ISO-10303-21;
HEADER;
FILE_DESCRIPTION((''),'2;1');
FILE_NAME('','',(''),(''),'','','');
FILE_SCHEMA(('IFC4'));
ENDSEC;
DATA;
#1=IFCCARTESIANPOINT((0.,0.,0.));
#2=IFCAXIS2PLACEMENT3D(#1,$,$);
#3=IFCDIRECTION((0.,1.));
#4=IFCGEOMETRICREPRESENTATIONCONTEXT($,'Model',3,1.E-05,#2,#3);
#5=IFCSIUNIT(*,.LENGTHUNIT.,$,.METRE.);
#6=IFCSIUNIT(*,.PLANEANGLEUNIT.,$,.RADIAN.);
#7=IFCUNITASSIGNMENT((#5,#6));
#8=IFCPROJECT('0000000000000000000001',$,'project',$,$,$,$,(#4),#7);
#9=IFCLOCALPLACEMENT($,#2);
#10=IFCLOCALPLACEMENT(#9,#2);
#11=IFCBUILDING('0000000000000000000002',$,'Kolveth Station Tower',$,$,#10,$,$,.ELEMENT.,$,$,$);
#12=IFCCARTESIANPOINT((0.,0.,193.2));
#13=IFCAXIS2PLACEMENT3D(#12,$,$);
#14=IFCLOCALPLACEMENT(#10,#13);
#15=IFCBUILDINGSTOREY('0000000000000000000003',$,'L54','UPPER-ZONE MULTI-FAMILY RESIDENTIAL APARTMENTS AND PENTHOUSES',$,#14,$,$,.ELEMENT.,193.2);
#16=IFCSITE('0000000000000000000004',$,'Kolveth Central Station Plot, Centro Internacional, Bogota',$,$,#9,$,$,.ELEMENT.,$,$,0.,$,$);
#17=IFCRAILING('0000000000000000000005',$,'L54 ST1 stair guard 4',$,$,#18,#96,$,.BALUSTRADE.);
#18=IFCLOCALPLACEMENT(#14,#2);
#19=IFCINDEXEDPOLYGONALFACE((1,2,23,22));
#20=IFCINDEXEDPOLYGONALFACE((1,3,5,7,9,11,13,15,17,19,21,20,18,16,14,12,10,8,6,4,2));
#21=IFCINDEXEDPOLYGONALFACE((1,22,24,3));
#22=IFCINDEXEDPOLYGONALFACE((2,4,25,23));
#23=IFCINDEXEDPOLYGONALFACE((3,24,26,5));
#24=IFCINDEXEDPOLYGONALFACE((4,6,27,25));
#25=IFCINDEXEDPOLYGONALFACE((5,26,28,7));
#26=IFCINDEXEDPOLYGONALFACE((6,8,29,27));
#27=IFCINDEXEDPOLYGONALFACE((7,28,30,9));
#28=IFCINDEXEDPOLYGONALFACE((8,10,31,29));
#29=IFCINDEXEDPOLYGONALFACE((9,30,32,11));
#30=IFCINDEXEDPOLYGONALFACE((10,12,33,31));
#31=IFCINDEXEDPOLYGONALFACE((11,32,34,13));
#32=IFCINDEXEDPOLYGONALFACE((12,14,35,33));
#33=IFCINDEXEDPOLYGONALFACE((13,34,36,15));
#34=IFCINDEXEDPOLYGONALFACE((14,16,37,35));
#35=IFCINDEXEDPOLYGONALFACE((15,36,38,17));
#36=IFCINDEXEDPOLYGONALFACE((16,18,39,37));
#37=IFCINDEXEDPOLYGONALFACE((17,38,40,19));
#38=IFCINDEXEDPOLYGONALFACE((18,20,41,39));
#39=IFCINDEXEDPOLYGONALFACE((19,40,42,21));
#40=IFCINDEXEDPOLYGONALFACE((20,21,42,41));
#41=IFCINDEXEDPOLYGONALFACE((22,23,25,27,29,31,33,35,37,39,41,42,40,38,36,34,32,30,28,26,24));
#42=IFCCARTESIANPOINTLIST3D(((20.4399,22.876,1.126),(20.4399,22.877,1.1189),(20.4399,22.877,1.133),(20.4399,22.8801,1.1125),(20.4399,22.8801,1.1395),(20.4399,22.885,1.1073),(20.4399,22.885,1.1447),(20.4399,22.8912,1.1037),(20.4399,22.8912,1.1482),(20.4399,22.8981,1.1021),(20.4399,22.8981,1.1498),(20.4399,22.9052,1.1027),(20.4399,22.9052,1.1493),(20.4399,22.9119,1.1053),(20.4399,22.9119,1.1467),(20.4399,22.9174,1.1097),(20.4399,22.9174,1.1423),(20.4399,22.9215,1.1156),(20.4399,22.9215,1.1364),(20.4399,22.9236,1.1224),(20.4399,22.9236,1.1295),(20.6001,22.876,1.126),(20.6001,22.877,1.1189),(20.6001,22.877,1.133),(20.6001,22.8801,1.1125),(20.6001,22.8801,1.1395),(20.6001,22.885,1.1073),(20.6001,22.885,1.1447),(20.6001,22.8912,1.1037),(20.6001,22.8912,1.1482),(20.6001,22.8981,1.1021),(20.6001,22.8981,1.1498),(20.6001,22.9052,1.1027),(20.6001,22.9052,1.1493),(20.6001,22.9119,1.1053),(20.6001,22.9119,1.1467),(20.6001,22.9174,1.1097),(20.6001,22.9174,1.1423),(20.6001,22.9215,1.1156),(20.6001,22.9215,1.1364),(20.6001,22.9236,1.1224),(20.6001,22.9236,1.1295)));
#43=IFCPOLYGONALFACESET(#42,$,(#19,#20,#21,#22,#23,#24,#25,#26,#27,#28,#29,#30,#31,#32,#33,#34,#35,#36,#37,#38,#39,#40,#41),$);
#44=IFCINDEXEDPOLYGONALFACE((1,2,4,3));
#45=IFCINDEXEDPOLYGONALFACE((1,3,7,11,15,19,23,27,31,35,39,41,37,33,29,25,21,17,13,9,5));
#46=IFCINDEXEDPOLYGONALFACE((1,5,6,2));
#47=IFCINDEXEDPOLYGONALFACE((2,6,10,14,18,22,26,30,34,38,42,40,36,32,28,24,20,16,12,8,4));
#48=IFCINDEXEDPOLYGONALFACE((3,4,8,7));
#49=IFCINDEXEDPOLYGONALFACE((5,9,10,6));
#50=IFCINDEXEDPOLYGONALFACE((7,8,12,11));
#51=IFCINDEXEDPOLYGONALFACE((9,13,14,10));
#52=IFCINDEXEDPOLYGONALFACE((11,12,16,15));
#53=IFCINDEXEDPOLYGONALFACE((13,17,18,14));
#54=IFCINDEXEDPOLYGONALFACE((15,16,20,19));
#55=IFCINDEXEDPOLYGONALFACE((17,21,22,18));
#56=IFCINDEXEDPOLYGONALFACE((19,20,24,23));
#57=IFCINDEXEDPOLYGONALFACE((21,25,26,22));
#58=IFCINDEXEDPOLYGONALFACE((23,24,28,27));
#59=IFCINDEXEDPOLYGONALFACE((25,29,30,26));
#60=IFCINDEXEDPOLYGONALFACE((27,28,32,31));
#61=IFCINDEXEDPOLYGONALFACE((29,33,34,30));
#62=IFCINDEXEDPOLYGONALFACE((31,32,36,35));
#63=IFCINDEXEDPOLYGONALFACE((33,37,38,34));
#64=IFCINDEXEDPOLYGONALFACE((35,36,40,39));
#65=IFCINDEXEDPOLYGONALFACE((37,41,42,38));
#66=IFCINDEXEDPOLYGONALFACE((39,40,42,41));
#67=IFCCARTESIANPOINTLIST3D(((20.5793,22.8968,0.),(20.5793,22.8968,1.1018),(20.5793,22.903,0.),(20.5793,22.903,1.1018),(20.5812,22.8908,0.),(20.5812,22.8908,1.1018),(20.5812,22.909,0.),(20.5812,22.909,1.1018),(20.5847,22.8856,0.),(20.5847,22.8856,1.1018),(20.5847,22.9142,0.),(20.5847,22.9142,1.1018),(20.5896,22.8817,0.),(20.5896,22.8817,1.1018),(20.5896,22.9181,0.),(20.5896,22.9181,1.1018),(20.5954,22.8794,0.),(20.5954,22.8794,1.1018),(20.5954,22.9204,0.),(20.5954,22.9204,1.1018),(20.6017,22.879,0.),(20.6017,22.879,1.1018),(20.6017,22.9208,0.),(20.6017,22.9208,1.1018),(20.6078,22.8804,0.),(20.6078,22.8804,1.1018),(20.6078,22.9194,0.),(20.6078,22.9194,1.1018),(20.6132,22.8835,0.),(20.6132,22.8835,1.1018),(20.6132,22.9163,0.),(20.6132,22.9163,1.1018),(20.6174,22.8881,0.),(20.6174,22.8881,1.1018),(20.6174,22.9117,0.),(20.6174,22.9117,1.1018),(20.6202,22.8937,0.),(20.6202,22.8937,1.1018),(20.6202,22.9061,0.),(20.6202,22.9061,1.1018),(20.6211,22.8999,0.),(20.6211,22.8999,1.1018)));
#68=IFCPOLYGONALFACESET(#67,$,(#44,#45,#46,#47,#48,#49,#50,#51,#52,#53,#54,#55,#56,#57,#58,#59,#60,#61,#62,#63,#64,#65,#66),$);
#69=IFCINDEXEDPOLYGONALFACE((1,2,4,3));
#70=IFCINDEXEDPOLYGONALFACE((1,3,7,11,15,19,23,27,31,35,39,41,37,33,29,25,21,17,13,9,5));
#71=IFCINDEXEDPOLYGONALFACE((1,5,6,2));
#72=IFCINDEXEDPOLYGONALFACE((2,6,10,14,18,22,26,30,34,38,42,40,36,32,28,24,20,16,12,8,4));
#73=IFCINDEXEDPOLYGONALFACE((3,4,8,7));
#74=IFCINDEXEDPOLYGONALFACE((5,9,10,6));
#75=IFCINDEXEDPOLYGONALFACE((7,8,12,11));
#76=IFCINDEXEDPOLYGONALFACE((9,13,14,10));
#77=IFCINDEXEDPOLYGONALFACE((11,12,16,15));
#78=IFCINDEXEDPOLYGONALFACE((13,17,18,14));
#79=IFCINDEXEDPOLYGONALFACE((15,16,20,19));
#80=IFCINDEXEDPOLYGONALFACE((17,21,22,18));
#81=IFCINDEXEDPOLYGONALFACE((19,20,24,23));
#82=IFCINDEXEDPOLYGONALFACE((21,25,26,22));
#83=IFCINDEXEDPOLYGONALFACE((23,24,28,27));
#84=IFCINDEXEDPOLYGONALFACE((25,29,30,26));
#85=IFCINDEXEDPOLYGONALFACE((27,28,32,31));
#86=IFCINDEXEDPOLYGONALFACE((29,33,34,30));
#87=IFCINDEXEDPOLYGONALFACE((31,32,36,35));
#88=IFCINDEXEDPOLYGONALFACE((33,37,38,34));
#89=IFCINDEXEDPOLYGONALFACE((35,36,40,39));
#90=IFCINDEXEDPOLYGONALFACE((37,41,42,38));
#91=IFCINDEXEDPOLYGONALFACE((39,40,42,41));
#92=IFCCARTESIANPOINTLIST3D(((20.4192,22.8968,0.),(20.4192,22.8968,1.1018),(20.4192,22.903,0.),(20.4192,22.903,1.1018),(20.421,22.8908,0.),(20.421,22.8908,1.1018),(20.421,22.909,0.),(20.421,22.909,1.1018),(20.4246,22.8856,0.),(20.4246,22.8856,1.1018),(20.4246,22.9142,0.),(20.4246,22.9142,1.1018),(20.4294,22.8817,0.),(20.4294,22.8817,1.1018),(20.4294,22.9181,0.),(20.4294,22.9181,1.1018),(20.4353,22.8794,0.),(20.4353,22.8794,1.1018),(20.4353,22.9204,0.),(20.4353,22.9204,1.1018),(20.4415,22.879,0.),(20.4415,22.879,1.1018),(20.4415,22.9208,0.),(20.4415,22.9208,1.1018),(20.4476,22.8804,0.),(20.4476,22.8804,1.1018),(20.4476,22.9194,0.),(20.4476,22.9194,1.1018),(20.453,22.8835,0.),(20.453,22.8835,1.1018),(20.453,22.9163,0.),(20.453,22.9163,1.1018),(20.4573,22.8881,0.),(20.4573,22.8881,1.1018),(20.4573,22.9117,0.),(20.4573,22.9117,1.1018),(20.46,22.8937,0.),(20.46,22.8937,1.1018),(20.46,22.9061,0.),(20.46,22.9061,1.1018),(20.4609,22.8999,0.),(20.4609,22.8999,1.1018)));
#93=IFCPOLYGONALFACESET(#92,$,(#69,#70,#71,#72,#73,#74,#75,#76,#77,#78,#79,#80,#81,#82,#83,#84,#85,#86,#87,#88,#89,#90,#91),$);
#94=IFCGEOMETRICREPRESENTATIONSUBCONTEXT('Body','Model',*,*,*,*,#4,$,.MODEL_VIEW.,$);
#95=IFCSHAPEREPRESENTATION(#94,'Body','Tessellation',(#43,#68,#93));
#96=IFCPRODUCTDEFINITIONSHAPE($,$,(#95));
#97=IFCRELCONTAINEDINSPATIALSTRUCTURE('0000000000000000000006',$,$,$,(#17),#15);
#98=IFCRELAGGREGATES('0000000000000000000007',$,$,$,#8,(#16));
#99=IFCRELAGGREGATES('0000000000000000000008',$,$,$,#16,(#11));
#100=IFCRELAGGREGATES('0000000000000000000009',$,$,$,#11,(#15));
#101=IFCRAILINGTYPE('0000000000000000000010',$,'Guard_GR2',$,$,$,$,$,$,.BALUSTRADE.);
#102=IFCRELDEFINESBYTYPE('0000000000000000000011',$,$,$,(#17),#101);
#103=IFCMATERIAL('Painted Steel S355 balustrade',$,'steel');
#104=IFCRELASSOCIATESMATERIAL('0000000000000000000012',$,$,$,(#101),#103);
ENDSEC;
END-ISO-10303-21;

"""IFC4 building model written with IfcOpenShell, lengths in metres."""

from ifc_helpers import new_model, si_unit, direction, frame, origin, origin_2d, place, context, subcontext, project, spatial, circle, extrude, material, type_object, element, save


model = new_model("IFC4")

# Units and contexts
model_context = context("Model", 3, precision=1e-05, world=origin(), true_north=direction((0.0, 1.0)))
body_context = subcontext(model_context, "Body", "Model", "MODEL_VIEW")
ifc_project = project(units=[si_unit("LENGTHUNIT", "METRE"), si_unit("PLANEANGLEUNIT", "RADIAN")], contexts=[model_context])

# Site, building, storey
site_placement = place(None, origin())
site = spatial("IfcSite", under=ifc_project, at=site_placement, Name="Kolveth Central Station Plot, Centro Internacional, Bogota", CompositionType="ELEMENT", RefElevation=0.0)
building_placement = place(site_placement, origin())
building = spatial("IfcBuilding", under=site, at=building_placement, Name="Kolveth Station Tower", CompositionType="ELEMENT")
storey_placement = place(building_placement, frame((0.0, 0.0, 193.2)))
storey = spatial("IfcBuildingStorey", under=building, at=storey_placement, Name="L54", Description="UPPER-ZONE MULTI-FAMILY RESIDENTIAL APARTMENTS AND PENTHOUSES", CompositionType="ELEMENT", Elevation=193.2)

# Railing
ifc_material_1 = material(Name="Painted Steel S355 balustrade", Category="steel")
railing_type_1 = type_object("IfcRailingType", Name="Guard_GR2", PredefinedType="BALUSTRADE", material=ifc_material_1)
railing_1_placement = place(storey_placement, frame((20.6001, 22.8999, 0.0)))
element("IfcRailing", 1, at=railing_1_placement, inside=storey, type_object=railing_type_1, Name="L54 ST1 stair guard 4", PredefinedType="BALUSTRADE", context=body_context, shape_type="SweptSolid", body=[
    extrude(circle(Radius=0.0239, at=origin_2d()), frame((0.0, 0.0, 1.126), z_axis=(-1.0, 0.0, 0.0), x_axis=(0.0, -1.0, 0.0)), (0.0, 0.0, 1.0), 0.1602),
    extrude(circle(Radius=0.021, at=origin_2d()), origin(), (0.0, 0.0, 1.0), 1.1018),
    extrude(circle(Radius=0.021, at=origin_2d()), frame((-0.1602, 0.0, 0.0)), (0.0, 0.0, 1.0), 1.1018),
])

save(model, "model.ifc")
